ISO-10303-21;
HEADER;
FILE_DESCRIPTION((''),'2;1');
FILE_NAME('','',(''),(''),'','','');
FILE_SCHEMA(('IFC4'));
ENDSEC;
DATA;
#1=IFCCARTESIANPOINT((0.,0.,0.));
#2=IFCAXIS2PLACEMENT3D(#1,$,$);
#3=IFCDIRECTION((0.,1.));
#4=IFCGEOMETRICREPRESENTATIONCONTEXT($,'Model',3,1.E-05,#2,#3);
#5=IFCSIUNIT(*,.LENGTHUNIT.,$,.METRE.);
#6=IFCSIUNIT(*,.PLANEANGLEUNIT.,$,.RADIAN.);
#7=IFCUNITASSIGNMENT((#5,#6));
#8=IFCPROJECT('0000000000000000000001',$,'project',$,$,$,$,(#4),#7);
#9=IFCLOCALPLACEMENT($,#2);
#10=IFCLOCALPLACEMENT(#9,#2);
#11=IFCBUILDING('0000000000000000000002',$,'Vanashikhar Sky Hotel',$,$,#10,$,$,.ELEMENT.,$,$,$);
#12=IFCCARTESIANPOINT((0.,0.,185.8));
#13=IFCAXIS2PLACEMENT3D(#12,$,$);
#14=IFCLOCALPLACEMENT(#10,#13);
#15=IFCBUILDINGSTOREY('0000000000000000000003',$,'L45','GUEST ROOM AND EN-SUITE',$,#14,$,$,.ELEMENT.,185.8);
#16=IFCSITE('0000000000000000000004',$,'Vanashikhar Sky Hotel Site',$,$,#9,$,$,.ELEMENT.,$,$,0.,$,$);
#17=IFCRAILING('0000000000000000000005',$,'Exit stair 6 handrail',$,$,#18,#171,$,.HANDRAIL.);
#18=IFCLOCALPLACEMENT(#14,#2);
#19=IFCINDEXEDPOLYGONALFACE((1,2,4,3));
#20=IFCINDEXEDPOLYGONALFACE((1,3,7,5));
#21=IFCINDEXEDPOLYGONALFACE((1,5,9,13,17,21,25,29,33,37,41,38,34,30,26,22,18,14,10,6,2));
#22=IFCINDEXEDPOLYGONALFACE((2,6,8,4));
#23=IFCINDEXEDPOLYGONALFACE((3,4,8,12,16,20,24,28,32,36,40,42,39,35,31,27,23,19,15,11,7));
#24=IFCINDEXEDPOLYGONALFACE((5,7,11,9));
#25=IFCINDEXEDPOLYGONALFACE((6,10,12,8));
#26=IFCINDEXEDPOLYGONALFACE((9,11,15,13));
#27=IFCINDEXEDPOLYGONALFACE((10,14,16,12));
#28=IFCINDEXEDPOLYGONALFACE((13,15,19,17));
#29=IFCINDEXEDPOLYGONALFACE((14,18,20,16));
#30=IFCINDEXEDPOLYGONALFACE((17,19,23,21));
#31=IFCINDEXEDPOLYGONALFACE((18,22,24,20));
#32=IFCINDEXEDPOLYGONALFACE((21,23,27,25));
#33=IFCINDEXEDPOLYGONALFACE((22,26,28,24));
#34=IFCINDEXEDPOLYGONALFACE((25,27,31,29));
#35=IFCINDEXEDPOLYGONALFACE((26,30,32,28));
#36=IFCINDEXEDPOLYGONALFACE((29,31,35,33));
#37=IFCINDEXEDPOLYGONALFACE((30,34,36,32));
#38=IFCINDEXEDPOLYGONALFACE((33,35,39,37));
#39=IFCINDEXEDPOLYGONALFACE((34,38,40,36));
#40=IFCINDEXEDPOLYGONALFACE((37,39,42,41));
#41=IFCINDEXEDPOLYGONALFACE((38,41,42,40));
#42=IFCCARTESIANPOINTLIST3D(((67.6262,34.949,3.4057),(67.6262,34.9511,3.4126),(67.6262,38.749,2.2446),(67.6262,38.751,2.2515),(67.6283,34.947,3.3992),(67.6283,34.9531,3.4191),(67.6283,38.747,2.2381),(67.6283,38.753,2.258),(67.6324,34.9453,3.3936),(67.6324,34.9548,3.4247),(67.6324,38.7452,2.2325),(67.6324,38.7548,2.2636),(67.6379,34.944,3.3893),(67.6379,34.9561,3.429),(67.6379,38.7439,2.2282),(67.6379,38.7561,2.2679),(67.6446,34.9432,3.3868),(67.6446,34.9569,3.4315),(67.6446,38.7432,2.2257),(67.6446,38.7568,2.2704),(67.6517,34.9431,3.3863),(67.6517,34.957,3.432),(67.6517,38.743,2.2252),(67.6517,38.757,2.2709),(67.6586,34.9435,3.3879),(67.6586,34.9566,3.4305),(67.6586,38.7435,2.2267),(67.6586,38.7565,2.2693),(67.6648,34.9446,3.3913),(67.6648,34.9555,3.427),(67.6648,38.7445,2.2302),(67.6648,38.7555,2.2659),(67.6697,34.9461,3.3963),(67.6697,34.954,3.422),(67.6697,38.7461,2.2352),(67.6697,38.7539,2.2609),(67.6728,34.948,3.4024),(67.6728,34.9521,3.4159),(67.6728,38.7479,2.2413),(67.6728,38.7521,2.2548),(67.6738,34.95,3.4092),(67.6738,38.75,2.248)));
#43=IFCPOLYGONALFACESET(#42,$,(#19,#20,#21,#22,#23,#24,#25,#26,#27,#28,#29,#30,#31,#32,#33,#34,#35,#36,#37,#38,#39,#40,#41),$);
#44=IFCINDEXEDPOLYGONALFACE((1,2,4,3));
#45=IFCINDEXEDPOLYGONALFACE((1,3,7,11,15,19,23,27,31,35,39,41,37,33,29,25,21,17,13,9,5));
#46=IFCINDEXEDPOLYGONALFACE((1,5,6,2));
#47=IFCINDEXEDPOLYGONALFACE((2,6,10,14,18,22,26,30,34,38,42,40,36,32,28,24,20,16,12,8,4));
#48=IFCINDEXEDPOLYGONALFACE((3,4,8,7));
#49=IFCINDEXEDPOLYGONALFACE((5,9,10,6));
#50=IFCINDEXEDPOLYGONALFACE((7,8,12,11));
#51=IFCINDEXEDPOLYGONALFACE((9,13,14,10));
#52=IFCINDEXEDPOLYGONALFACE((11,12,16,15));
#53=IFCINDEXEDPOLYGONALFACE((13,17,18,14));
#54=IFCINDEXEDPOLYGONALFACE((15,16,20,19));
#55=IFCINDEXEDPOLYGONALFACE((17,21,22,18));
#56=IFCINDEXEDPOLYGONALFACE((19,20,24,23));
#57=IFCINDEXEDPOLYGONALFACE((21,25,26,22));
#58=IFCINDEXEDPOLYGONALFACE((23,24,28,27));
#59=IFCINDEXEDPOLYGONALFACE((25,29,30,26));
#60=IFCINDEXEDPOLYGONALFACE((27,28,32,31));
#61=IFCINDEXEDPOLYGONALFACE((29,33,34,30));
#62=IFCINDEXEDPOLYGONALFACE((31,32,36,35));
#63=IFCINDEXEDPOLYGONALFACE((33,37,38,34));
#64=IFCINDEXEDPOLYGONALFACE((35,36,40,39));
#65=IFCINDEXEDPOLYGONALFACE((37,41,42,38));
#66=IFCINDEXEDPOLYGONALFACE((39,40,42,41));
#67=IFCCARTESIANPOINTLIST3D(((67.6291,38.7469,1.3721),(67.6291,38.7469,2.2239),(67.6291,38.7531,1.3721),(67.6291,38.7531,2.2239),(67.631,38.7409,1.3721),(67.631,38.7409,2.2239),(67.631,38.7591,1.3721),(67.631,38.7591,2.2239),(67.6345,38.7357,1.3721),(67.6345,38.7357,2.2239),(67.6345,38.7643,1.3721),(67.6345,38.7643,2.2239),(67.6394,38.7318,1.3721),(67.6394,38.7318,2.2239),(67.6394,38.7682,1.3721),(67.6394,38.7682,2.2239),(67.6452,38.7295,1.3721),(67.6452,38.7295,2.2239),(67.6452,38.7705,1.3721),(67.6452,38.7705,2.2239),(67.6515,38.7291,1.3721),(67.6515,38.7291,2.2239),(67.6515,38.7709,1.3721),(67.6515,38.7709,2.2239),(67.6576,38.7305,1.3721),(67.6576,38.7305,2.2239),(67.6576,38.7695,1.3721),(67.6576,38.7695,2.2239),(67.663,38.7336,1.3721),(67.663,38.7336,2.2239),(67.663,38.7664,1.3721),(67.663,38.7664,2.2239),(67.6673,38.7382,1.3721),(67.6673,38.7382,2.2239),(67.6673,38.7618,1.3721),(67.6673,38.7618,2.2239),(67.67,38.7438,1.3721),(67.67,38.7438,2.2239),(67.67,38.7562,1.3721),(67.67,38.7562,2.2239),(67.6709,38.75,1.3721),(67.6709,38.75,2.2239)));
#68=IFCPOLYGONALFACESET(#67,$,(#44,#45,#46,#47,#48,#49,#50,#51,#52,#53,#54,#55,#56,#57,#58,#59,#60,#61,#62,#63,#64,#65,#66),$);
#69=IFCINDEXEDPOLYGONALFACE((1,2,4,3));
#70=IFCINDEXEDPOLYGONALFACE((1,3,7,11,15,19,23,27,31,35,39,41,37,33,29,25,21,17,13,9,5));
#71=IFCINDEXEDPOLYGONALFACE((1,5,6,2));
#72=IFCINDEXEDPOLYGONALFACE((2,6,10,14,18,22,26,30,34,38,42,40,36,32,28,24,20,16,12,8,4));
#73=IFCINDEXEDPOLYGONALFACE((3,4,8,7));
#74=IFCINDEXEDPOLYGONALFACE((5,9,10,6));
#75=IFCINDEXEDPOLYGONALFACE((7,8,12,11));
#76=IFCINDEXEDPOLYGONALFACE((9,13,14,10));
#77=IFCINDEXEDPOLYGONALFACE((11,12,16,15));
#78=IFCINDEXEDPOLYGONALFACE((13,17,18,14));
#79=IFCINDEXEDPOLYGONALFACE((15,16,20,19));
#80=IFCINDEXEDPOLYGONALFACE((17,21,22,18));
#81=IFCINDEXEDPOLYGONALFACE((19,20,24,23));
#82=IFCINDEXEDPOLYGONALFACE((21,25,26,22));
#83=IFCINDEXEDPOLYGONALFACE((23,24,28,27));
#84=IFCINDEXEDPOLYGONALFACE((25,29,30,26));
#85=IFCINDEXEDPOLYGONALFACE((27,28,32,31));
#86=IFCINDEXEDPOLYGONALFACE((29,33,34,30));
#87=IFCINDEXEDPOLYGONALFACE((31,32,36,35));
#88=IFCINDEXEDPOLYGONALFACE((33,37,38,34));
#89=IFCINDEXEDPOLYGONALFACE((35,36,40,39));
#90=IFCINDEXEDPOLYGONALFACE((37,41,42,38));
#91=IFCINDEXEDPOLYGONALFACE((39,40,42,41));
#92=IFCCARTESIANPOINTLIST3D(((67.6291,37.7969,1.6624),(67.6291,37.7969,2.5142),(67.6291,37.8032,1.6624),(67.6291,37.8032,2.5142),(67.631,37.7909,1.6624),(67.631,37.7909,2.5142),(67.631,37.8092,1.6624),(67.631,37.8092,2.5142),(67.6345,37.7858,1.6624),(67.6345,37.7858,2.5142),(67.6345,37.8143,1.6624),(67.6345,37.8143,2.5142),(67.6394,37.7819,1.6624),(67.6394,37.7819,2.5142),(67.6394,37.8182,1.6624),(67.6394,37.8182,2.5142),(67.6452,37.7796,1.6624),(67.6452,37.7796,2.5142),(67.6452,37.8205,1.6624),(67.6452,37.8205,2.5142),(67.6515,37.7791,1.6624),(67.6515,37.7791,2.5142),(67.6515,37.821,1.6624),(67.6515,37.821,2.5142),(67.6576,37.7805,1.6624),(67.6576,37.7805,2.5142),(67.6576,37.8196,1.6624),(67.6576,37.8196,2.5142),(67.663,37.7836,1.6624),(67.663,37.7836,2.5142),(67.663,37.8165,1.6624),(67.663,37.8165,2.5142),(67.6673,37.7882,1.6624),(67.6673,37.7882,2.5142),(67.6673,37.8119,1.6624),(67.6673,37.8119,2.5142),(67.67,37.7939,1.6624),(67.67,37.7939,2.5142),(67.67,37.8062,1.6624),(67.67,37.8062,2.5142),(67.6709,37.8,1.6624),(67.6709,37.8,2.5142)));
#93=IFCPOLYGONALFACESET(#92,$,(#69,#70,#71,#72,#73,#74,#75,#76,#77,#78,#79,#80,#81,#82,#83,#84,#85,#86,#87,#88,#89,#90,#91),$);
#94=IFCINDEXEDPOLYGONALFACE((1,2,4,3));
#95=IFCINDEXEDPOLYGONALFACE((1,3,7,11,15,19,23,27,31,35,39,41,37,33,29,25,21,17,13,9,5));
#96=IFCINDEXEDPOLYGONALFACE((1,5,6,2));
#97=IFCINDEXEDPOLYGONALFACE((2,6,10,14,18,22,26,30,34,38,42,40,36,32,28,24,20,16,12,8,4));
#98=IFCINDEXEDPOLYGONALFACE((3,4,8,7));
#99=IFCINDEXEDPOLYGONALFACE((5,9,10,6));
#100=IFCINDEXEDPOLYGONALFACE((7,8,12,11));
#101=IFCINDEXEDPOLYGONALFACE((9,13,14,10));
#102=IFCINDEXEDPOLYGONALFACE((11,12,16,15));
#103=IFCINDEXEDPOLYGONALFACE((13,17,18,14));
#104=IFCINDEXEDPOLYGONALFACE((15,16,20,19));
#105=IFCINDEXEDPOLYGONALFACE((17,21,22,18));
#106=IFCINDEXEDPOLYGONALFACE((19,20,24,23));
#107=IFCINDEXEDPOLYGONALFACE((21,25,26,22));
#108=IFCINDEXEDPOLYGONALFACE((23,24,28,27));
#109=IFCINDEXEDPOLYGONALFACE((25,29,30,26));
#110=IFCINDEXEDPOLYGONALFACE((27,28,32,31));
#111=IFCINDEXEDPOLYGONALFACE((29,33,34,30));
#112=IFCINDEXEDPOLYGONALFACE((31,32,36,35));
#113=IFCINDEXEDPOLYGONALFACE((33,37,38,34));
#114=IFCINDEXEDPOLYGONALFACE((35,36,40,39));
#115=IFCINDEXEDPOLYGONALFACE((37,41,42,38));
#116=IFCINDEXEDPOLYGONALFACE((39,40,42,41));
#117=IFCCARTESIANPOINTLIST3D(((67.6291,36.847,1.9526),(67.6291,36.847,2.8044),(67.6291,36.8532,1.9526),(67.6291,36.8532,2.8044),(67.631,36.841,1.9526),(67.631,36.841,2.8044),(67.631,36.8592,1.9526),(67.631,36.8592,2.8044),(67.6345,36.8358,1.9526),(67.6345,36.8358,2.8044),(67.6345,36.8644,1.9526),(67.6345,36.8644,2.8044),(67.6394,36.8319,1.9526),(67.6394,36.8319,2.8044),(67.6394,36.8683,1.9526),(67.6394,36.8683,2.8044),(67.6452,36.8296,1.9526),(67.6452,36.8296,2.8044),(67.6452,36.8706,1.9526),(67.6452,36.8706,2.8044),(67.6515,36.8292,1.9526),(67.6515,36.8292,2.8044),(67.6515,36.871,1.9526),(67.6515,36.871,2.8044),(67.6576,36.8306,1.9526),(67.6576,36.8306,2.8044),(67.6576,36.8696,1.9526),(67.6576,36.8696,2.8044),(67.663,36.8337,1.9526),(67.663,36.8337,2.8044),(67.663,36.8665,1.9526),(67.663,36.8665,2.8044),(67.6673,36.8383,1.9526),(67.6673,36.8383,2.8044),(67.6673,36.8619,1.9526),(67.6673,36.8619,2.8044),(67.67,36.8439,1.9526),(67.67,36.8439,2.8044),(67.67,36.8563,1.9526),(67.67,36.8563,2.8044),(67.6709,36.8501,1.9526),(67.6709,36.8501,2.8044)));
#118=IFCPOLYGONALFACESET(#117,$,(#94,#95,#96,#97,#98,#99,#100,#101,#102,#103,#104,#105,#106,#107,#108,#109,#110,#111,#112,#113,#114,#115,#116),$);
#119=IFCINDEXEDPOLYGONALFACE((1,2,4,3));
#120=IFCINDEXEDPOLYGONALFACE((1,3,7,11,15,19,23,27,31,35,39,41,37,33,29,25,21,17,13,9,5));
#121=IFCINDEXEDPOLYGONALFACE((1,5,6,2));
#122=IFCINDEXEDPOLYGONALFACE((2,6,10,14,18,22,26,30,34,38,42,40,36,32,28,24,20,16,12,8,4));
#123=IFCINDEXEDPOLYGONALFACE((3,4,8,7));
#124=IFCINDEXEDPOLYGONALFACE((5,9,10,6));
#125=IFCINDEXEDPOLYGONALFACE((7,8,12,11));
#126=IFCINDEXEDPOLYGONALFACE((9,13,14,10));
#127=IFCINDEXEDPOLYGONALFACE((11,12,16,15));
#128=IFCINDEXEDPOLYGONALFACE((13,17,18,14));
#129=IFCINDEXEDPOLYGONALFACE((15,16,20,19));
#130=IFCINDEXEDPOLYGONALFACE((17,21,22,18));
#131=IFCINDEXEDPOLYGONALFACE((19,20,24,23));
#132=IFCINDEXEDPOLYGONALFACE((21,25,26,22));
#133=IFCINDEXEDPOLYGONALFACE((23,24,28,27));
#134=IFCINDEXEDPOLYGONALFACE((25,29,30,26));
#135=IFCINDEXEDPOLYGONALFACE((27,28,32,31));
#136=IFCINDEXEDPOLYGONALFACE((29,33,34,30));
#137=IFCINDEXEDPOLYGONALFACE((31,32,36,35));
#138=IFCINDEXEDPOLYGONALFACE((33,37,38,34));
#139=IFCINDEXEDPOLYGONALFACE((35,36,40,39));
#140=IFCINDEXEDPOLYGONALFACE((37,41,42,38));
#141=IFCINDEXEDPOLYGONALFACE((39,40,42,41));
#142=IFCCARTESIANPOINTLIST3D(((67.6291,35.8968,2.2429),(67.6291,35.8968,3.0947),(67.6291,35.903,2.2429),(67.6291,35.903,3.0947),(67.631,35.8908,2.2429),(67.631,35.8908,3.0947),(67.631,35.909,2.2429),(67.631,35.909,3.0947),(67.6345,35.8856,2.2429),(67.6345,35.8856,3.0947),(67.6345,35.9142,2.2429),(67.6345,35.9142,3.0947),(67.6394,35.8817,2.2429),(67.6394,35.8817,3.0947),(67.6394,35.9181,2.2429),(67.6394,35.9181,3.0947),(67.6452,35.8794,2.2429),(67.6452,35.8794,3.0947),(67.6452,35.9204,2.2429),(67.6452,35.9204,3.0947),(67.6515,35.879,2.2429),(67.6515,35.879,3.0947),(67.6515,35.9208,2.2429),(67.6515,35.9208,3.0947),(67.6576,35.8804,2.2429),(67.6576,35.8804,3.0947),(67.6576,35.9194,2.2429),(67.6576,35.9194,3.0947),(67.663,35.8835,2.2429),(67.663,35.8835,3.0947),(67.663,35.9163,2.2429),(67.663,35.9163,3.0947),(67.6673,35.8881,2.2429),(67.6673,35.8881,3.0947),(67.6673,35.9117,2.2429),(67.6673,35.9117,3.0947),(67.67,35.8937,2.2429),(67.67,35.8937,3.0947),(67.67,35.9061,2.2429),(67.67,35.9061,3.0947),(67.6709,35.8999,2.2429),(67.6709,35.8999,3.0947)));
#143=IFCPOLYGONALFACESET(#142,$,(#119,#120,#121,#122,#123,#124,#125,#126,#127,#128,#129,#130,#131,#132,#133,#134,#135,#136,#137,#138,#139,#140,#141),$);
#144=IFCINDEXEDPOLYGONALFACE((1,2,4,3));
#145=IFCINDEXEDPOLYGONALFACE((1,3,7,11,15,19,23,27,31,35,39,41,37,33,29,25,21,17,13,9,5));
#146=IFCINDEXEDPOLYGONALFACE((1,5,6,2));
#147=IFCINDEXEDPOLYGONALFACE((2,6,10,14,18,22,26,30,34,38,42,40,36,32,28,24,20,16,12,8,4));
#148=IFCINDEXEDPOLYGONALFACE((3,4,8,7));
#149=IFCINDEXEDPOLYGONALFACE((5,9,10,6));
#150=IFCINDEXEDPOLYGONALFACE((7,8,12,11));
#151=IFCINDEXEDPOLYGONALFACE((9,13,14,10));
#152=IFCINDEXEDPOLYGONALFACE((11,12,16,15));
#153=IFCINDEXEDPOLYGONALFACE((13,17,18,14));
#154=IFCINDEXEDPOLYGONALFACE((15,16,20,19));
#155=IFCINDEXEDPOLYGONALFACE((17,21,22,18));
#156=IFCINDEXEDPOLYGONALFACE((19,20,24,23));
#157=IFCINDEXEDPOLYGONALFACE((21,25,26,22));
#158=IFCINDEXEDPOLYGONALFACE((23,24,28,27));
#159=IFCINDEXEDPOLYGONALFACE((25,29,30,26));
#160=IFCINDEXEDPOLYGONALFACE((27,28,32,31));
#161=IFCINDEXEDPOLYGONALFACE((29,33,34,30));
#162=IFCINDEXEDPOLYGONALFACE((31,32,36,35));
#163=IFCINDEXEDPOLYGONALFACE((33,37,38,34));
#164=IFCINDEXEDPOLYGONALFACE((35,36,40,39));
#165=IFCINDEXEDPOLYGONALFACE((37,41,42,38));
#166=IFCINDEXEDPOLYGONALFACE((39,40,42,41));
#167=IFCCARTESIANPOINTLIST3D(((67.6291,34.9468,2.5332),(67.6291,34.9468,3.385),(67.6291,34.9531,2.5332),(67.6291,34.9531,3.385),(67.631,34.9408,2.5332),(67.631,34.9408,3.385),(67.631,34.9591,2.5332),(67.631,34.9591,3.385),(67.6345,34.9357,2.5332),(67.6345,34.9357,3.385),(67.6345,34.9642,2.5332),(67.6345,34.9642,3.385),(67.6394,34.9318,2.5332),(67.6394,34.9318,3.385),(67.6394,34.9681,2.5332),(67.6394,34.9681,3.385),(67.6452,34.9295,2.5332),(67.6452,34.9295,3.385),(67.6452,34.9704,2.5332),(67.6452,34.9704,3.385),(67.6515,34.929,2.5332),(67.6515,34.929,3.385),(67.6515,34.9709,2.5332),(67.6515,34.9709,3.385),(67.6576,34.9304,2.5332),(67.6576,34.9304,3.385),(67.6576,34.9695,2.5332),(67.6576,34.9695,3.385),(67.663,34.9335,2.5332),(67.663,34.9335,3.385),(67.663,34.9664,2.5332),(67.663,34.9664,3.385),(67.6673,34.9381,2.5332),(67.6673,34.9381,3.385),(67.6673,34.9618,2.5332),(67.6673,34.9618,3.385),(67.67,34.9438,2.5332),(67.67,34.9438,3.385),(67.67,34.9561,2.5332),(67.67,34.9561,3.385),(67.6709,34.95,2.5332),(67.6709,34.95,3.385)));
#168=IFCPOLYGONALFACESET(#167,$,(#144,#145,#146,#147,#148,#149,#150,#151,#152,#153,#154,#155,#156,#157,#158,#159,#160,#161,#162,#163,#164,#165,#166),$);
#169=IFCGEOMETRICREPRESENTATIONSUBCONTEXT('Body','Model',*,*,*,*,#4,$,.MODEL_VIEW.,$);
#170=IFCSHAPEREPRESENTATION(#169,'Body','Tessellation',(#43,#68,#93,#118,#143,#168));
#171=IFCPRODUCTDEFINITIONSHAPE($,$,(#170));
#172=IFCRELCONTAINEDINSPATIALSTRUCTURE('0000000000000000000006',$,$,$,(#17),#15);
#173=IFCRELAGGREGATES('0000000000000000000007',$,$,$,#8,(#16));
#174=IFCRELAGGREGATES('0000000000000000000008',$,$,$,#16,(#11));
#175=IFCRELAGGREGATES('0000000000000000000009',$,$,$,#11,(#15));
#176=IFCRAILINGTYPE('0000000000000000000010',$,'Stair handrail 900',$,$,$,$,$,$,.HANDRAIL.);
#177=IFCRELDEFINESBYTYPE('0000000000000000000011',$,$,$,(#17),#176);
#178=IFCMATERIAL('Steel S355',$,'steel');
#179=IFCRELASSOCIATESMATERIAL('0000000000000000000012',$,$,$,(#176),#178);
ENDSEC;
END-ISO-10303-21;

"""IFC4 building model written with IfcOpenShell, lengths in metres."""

from ifc_helpers import new_model, si_unit, direction, frame, origin, origin_2d, place, context, subcontext, project, spatial, circle, extrude, source, transform, mapped, material, type_object, element, save


model = new_model("IFC4")

# Units and contexts
model_context = context("Model", 3, precision=1e-05, world=origin(), true_north=direction((0.0, 1.0)))
body_context = subcontext(model_context, "Body", "Model", "MODEL_VIEW")
ifc_project = project(units=[si_unit("LENGTHUNIT", "METRE"), si_unit("PLANEANGLEUNIT", "RADIAN")], contexts=[model_context])

# Site, building, storey
site_placement = place(None, origin())
site = spatial("IfcSite", under=ifc_project, at=site_placement, Name="Vanashikhar Sky Hotel Site", CompositionType="ELEMENT", RefElevation=0.0)
building_placement = place(site_placement, origin())
building = spatial("IfcBuilding", under=site, at=building_placement, Name="Vanashikhar Sky Hotel", CompositionType="ELEMENT")
storey_placement = place(building_placement, frame((0.0, 0.0, 185.8)))
storey = spatial("IfcBuildingStorey", under=building, at=storey_placement, Name="L45", Description="GUEST ROOM AND EN-SUITE", CompositionType="ELEMENT", Elevation=185.8)

# Railing
ifc_material_1 = material(Name="Steel S355", Category="steel")
railing_type_1 = type_object("IfcRailingType", Name="Stair handrail 900", PredefinedType="HANDRAIL", material=ifc_material_1)
shared_shape_1 = source(origin(), body_context, "Body", "SweptSolid", [
    extrude(circle(Radius=0.0239, at=origin_2d()), frame((0.0, 0.0, 0.876), z_axis=(0.0, -0.956351, 0.29222), x_axis=(1.0, 0.0, 0.0)), (0.0, 0.0, 1.0), 3.9734),
    extrude(circle(Radius=0.021, at=origin_2d()), origin(), (0.0, 0.0, 1.0), 0.8518),
    extrude(circle(Radius=0.021, at=origin_2d()), frame((0.0, -0.95, 0.2903)), (0.0, 0.0, 1.0), 0.8518),
    extrude(circle(Radius=0.021, at=origin_2d()), frame((0.0, -1.8999, 0.5806)), (0.0, 0.0, 1.0), 0.8518),
    extrude(circle(Radius=0.021, at=origin_2d()), frame((0.0, -2.8501, 0.8708)), (0.0, 0.0, 1.0), 0.8518),
    extrude(circle(Radius=0.021, at=origin_2d()), frame((0.0, -3.8, 1.1611)), (0.0, 0.0, 1.0), 0.8518),
])
for number, where, name in (
    (1, (67.6499, 38.75, 1.3721), "Exit stair 6 handrail"),
):
    element("IfcRailing", number, at=place(storey_placement, frame(where)), inside=storey, type_object=railing_type_1, Name=name, PredefinedType="HANDRAIL", context=body_context, shape_type="MappedRepresentation", body=[
        mapped(shared_shape_1, transform((0.0, 0.0, 0.0), scale=1.0)),
    ])

save(model, "model.ifc")
